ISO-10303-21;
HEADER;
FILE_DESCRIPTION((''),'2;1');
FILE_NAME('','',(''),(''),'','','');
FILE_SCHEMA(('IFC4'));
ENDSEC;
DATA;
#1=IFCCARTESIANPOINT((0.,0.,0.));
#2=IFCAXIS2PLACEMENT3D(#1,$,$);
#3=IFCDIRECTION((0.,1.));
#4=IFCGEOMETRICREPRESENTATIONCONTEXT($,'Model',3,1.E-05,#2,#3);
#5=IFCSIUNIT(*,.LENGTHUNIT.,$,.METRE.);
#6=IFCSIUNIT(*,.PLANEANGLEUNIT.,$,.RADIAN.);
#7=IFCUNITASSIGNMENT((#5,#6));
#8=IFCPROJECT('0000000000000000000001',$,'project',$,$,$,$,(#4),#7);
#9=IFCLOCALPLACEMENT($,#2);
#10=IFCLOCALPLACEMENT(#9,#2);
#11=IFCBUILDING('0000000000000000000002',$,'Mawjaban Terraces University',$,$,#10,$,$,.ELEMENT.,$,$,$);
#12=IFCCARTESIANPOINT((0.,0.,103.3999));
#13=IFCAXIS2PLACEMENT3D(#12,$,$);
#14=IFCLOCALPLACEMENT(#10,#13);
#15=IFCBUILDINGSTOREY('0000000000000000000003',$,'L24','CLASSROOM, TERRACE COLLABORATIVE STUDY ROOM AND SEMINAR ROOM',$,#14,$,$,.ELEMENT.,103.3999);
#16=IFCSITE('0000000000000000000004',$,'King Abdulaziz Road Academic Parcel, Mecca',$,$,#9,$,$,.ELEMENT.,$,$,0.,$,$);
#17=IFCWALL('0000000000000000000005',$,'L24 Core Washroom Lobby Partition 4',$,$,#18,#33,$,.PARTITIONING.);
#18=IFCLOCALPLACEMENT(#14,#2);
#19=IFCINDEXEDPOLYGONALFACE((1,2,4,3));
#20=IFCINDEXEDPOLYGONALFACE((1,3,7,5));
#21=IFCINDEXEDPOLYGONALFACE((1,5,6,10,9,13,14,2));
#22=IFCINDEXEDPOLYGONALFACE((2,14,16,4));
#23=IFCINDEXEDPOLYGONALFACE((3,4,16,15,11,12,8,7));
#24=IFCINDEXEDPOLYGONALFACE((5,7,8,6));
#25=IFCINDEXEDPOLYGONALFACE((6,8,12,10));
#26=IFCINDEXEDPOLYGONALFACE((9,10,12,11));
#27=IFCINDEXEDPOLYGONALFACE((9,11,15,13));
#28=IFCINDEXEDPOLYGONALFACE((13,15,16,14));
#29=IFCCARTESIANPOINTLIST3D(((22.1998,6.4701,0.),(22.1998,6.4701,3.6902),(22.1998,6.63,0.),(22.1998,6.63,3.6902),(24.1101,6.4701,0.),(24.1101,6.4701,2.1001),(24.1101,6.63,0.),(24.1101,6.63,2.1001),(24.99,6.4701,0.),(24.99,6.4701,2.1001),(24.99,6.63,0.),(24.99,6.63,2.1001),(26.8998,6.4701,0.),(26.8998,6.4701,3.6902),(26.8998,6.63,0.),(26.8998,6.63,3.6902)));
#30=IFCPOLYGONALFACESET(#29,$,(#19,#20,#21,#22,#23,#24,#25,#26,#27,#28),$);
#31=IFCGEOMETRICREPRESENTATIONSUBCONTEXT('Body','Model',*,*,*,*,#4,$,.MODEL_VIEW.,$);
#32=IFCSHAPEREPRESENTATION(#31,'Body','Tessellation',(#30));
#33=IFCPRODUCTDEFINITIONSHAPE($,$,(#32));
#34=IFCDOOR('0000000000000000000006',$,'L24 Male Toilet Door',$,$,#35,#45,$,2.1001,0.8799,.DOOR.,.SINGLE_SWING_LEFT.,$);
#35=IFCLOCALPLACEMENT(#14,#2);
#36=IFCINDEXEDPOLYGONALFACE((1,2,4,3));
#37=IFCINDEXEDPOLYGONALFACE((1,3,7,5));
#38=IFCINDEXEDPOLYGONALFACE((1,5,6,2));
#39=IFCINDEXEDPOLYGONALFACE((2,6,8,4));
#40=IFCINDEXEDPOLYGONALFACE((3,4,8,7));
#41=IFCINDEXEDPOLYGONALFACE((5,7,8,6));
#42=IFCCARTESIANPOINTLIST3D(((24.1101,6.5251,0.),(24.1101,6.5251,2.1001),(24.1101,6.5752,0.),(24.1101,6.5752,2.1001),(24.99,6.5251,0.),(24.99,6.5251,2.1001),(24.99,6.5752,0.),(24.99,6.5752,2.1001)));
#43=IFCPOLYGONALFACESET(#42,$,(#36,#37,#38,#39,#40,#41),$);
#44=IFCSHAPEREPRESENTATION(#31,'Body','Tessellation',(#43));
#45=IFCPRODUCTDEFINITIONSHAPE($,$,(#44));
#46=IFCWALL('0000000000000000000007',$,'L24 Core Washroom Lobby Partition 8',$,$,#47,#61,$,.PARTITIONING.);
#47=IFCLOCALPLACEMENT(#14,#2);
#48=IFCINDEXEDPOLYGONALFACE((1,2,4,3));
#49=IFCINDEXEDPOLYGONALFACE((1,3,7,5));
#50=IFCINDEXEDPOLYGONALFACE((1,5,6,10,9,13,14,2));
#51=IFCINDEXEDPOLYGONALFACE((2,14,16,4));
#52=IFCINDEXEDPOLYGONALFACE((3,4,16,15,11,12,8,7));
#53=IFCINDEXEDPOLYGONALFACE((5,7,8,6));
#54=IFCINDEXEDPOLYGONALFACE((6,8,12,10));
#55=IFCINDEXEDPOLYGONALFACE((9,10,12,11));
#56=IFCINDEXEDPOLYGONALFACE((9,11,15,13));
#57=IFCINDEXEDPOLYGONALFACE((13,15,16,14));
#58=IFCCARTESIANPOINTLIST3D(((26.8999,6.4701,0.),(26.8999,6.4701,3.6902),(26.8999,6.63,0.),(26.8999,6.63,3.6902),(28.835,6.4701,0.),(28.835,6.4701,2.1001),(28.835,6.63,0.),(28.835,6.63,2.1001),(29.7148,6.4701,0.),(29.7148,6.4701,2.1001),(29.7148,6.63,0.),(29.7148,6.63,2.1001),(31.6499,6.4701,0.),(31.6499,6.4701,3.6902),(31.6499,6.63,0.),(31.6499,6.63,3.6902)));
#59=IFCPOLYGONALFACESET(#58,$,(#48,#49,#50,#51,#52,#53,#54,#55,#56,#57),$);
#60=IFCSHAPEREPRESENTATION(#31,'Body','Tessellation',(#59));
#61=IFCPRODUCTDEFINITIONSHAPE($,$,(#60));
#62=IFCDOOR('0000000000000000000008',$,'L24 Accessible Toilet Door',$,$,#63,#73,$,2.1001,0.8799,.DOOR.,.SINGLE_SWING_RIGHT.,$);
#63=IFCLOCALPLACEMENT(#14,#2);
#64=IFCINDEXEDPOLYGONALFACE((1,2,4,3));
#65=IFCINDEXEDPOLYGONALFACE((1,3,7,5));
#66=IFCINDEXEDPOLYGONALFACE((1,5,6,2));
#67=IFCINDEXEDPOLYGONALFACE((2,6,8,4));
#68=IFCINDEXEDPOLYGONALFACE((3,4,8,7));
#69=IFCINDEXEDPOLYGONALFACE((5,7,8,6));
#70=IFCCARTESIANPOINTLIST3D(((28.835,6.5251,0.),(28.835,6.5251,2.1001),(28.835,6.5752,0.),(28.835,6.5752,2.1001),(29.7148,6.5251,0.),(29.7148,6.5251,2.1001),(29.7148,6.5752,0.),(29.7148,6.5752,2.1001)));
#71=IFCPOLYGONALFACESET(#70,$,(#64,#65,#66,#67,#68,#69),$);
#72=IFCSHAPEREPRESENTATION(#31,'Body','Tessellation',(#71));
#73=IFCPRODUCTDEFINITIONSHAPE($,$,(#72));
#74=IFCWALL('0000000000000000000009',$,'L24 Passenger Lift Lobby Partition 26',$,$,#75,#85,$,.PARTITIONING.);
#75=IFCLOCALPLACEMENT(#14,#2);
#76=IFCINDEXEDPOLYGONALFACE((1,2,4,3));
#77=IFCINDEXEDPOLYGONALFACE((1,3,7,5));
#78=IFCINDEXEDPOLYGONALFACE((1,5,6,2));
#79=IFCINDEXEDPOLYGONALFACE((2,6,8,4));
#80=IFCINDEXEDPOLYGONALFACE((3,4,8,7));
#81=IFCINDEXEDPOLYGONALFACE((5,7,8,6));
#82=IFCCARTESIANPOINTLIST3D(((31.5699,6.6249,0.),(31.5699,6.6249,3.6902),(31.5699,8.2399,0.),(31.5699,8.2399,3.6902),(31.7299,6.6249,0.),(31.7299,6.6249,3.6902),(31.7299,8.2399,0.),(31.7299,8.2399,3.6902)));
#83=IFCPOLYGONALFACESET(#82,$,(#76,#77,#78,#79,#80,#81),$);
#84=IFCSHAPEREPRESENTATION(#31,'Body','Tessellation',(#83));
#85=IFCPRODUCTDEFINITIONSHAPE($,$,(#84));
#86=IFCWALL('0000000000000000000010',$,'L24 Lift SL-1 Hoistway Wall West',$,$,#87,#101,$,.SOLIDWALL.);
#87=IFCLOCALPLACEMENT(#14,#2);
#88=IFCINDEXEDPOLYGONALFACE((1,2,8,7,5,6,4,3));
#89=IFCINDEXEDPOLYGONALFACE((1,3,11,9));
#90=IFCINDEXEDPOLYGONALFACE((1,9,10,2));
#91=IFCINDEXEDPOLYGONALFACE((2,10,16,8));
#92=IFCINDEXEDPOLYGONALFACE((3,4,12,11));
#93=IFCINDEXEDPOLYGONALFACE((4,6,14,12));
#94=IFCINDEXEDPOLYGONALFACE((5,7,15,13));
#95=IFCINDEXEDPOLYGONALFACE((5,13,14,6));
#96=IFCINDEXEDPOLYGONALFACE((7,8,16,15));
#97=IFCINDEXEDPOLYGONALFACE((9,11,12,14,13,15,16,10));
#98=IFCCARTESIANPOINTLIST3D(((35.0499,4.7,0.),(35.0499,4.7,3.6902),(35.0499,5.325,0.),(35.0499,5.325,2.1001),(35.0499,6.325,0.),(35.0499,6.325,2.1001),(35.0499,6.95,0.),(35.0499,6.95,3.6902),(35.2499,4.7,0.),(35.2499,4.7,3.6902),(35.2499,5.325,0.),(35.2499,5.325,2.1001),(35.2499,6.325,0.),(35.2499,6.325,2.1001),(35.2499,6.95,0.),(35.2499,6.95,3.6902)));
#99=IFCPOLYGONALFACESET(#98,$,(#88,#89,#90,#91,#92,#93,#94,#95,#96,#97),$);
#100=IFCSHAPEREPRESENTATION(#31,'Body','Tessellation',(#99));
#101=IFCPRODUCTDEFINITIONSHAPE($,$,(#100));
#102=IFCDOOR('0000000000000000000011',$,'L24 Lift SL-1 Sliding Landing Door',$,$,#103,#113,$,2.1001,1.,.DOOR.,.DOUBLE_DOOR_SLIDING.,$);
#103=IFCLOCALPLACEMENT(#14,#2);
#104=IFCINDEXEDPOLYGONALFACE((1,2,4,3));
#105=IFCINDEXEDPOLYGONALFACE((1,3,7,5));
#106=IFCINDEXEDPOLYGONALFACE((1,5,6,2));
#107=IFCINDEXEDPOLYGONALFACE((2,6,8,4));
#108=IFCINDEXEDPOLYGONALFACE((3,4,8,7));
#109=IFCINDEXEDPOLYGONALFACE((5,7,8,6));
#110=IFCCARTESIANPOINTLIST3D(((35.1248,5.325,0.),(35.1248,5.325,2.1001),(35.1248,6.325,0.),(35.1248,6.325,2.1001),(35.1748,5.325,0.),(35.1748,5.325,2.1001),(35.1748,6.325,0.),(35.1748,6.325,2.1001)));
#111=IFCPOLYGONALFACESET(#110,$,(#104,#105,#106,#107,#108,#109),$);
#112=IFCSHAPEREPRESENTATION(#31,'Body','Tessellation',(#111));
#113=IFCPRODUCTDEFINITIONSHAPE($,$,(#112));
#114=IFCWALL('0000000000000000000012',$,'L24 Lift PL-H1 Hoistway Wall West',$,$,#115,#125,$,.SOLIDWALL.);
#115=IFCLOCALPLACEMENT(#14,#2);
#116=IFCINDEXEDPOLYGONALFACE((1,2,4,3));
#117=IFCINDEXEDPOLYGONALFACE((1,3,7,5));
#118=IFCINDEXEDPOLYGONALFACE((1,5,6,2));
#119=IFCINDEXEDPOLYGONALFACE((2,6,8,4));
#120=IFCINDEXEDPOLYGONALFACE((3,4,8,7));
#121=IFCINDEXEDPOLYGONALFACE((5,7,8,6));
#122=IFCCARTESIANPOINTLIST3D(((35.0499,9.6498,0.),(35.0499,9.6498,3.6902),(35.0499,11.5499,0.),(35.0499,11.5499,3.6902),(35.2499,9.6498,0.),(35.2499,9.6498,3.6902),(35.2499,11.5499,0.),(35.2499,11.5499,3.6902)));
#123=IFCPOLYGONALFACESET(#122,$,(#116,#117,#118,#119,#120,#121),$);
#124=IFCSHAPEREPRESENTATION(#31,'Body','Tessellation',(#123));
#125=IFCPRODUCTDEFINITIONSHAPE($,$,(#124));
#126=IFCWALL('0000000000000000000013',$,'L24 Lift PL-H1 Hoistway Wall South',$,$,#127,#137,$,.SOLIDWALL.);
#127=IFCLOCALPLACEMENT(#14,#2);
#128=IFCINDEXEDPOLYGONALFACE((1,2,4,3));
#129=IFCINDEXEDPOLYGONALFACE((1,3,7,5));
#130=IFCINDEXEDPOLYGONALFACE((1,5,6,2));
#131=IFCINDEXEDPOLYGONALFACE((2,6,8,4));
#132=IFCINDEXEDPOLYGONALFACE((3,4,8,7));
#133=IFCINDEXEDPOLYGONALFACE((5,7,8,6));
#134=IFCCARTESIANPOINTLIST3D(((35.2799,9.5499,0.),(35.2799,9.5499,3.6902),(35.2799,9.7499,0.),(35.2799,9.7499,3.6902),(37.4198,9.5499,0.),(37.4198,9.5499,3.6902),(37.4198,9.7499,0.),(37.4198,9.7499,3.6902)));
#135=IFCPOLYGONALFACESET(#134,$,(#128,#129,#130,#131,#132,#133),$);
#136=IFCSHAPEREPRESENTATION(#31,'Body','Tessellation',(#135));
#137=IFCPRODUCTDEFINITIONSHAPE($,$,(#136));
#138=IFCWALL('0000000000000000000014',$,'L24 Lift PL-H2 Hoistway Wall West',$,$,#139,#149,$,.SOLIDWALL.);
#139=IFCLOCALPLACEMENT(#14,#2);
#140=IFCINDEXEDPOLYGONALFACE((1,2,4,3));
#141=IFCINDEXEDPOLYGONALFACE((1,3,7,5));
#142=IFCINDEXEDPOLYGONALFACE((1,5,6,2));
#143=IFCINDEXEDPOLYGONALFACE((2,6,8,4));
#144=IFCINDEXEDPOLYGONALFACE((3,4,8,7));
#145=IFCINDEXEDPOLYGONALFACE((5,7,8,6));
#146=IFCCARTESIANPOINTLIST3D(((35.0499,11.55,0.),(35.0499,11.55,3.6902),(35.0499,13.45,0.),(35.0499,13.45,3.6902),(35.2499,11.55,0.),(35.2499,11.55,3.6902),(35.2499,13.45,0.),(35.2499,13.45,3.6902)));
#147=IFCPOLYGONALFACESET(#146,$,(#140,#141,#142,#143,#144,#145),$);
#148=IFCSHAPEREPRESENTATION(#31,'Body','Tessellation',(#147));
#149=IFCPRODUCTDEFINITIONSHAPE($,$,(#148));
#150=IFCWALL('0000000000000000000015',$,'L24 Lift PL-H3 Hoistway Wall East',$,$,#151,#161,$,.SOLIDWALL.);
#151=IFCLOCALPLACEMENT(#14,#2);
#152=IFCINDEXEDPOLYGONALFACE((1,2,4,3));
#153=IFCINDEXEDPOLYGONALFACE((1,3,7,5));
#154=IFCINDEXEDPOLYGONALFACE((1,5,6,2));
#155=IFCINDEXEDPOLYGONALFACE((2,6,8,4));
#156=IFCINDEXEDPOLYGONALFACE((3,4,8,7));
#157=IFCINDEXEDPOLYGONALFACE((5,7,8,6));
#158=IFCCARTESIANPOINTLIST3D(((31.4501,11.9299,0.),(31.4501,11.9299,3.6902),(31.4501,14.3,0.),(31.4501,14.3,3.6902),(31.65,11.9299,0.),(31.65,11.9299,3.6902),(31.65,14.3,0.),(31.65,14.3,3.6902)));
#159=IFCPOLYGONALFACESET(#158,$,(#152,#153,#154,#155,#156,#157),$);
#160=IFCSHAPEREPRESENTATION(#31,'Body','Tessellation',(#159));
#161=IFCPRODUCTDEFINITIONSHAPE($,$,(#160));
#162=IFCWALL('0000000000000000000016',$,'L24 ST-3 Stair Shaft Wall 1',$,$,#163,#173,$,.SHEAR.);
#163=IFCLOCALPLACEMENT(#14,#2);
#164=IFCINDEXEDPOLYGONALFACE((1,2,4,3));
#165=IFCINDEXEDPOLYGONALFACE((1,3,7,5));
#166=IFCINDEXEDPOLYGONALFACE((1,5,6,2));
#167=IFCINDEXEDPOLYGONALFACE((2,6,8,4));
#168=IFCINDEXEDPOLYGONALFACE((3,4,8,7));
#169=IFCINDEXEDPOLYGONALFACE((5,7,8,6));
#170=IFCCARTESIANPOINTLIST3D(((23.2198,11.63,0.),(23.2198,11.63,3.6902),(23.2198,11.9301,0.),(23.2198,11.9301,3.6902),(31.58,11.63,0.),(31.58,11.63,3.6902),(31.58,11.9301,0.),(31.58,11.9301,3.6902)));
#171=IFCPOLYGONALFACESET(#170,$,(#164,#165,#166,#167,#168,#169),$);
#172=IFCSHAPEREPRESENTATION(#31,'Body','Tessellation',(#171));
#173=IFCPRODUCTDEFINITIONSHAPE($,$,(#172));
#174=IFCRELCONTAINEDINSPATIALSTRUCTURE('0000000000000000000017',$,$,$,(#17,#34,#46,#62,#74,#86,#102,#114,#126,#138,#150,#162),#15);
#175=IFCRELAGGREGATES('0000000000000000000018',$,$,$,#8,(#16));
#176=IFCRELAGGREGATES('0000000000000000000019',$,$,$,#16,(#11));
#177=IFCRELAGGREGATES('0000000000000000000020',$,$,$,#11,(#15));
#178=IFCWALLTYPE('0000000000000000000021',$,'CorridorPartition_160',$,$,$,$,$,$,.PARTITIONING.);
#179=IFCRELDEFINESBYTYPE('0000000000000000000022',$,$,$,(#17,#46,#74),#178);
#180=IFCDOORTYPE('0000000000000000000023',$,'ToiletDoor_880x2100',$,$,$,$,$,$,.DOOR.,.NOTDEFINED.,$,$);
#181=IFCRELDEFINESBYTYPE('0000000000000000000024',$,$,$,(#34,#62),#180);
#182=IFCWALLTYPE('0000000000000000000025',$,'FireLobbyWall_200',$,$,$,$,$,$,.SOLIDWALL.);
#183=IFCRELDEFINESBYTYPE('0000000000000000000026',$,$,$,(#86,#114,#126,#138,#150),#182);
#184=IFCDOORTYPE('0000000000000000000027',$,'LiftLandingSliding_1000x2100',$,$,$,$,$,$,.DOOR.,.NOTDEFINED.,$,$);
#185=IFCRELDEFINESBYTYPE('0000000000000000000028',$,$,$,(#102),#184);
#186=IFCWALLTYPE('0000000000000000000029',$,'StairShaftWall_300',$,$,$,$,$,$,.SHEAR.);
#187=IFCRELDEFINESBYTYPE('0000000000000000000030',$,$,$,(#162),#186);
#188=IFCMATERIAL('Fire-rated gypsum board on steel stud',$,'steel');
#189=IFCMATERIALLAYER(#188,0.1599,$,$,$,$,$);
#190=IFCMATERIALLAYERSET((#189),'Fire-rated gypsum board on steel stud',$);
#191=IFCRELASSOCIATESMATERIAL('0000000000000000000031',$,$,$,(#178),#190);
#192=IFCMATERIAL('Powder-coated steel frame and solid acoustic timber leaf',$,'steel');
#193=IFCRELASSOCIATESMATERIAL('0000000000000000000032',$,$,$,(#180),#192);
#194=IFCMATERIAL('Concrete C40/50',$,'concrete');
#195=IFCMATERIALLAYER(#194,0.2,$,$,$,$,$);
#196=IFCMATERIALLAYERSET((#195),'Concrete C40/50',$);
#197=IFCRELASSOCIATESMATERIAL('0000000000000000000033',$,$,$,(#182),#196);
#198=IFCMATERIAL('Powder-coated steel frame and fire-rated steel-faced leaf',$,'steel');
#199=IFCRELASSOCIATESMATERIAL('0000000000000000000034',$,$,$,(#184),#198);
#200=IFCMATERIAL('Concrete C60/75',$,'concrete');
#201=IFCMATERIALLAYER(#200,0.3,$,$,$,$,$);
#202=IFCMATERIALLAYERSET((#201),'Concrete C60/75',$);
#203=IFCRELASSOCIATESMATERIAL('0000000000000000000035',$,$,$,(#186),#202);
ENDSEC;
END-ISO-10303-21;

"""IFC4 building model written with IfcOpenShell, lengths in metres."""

from ifc_helpers import new_model, si_unit, direction, frame, frame_2d, origin, place, context, subcontext, project, spatial, rectangle, extrude, material, layer, layer_set, type_object, element, fill, save


model = new_model("IFC4")

# Units and contexts
model_context = context("Model", 3, precision=1e-05, world=origin(), true_north=direction((0.0, 1.0)))
body_context = subcontext(model_context, "Body", "Model", "MODEL_VIEW")
ifc_project = project(units=[si_unit("LENGTHUNIT", "METRE"), si_unit("PLANEANGLEUNIT", "RADIAN")], contexts=[model_context])

# Site, building, storey
site_placement = place(None, origin())
site = spatial("IfcSite", under=ifc_project, at=site_placement, Name="King Abdulaziz Road Academic Parcel, Mecca", CompositionType="ELEMENT", RefElevation=0.0)
building_placement = place(site_placement, origin())
building = spatial("IfcBuilding", under=site, at=building_placement, Name="Mawjaban Terraces University", CompositionType="ELEMENT")
storey_placement = place(building_placement, frame((0.0, 0.0, 103.3999)))
storey = spatial("IfcBuildingStorey", under=building, at=storey_placement, Name="L24", Description="CLASSROOM, TERRACE COLLABORATIVE STUDY ROOM AND SEMINAR ROOM", CompositionType="ELEMENT", Elevation=103.3999)

# Walls, openings, doors
ifc_material_1 = material(Name="Fire-rated gypsum board on steel stud", Category="steel")
ifc_layer_1 = layer(ifc_material_1, 0.1599)
ifc_layer_set_1 = layer_set([ifc_layer_1], Name="Fire-rated gypsum board on steel stud")
wall_type_1 = type_object("IfcWallType", Name="CorridorPartition_160", PredefinedType="PARTITIONING", material=ifc_layer_set_1)
wall_1_placement = place(storey_placement, frame((26.8999, 6.55, 0.0), z_axis=(0.0, 0.0, 1.0), x_axis=(-1.0, 0.0, 0.0)))
wall_1 = element("IfcWall", 1, at=wall_1_placement, inside=storey, type_object=wall_type_1, Name="L24 Core Washroom Lobby Partition 4", PredefinedType="PARTITIONING", context=body_context, shape_type="SweptSolid", body=[
    extrude(rectangle(XDim=4.7, YDim=0.1599, at=frame_2d((2.3501, 0.0))), origin(), (0.0, 0.0, 1.0), 3.6902),
])
opening_1_placement = place(wall_1_placement, frame((1.9099, 0.0, 0.0)))
opening_1 = element("IfcOpeningElement", 2, at=opening_1_placement, cuts=wall_1, PredefinedType="OPENING", context=body_context, shape_type="SweptSolid", body=[
    extrude(rectangle(XDim=0.8799, YDim=2.1001, at=frame_2d((0.4399, 1.05))), frame((0.0, 0.0898, 0.0), z_axis=(0.0, -1.0, 0.0), x_axis=(1.0, 0.0, 0.0)), (0.0, 0.0, 1.0), 0.1799),
])
ifc_material_2 = material(Name="Powder-coated steel frame and solid acoustic timber leaf", Category="steel")
door_type_1 = type_object("IfcDoorType", Name="ToiletDoor_880x2100", OperationType="NOTDEFINED", PredefinedType="DOOR", material=ifc_material_2)
door_1_placement = place(opening_1_placement, origin())
door_1 = element("IfcDoor", 3, at=door_1_placement, inside=storey, type_object=door_type_1, Name="L24 Male Toilet Door", OperationType="SINGLE_SWING_LEFT", OverallHeight=2.1001, OverallWidth=0.8799, PredefinedType="DOOR", context=body_context, shape_type="SweptSolid", body=[
    extrude(rectangle(XDim=0.8799, YDim=2.1001, at=frame_2d((0.4399, 1.05))), frame((0.0, 0.0249, 0.0), z_axis=(0.0, -1.0, 0.0), x_axis=(1.0, 0.0, 0.0)), (0.0, 0.0, 1.0), 0.05),
])
fill(opening_1, door_1)
wall_2_placement = place(storey_placement, frame((31.6499, 6.55, 0.0), z_axis=(0.0, 0.0, 1.0), x_axis=(-1.0, 0.0, 0.0)))
wall_2 = element("IfcWall", 4, at=wall_2_placement, inside=storey, type_object=wall_type_1, Name="L24 Core Washroom Lobby Partition 8", PredefinedType="PARTITIONING", context=body_context, shape_type="SweptSolid", body=[
    extrude(rectangle(XDim=4.75, YDim=0.1599, at=frame_2d((2.375, 0.0))), origin(), (0.0, 0.0, 1.0), 3.6902),
])
opening_2_placement = place(wall_2_placement, frame((1.9351, 0.0, 0.0)))
opening_2 = element("IfcOpeningElement", 5, at=opening_2_placement, cuts=wall_2, PredefinedType="OPENING", context=body_context, shape_type="SweptSolid", body=[
    extrude(rectangle(XDim=0.8799, YDim=2.1001, at=frame_2d((0.4399, 1.05))), frame((0.0, 0.0898, 0.0), z_axis=(0.0, -1.0, 0.0), x_axis=(1.0, 0.0, 0.0)), (0.0, 0.0, 1.0), 0.1799),
])
door_2_placement = place(opening_2_placement, origin())
door_2 = element("IfcDoor", 6, at=door_2_placement, inside=storey, type_object=door_type_1, Name="L24 Accessible Toilet Door", OperationType="SINGLE_SWING_RIGHT", OverallHeight=2.1001, OverallWidth=0.8799, PredefinedType="DOOR", context=body_context, shape_type="SweptSolid", body=[
    extrude(rectangle(XDim=0.8799, YDim=2.1001, at=frame_2d((0.4399, 1.05))), frame((0.0, 0.0249, 0.0), z_axis=(0.0, -1.0, 0.0), x_axis=(1.0, 0.0, 0.0)), (0.0, 0.0, 1.0), 0.05),
])
fill(opening_2, door_2)

# Wall
wall_3_placement = place(storey_placement, frame((31.6499, 8.24, 0.0), z_axis=(0.0, 0.0, 1.0), x_axis=(0.0, -1.0, 0.0)))
element("IfcWall", 7, at=wall_3_placement, inside=storey, type_object=wall_type_1, Name="L24 Passenger Lift Lobby Partition 26", PredefinedType="PARTITIONING", context=body_context, shape_type="SweptSolid", body=[
    extrude(rectangle(XDim=1.615, YDim=0.1599, at=frame_2d((0.8076, 0.0))), origin(), (0.0, 0.0, 1.0), 3.6902),
])

# Wall, opening, door
ifc_material_3 = material(Name="Concrete C40/50", Category="concrete")
ifc_layer_2 = layer(ifc_material_3, 0.2)
ifc_layer_set_2 = layer_set([ifc_layer_2], Name="Concrete C40/50")
wall_type_2 = type_object("IfcWallType", Name="FireLobbyWall_200", PredefinedType="SOLIDWALL", material=ifc_layer_set_2)
wall_4_placement = place(storey_placement, frame((35.1499, 6.95, 0.0), z_axis=(0.0, 0.0, 1.0), x_axis=(0.0, -1.0, 0.0)))
wall_4 = element("IfcWall", 8, at=wall_4_placement, inside=storey, type_object=wall_type_2, Name="L24 Lift SL-1 Hoistway Wall West", PredefinedType="SOLIDWALL", context=body_context, shape_type="SweptSolid", body=[
    extrude(rectangle(XDim=2.25, YDim=0.2, at=frame_2d((1.125, 0.0))), origin(), (0.0, 0.0, 1.0), 3.6902),
])
opening_3_placement = place(wall_4_placement, frame((0.625, 0.0, 0.0)))
opening_3 = element("IfcOpeningElement", 9, at=opening_3_placement, cuts=wall_4, PredefinedType="OPENING", context=body_context, shape_type="SweptSolid", body=[
    extrude(rectangle(XDim=1.0, YDim=2.1001, at=frame_2d((0.5, 1.05))), frame((0.0, 0.1099, 0.0), z_axis=(0.0, -1.0, 0.0), x_axis=(1.0, 0.0, 0.0)), (0.0, 0.0, 1.0), 0.22),
])
ifc_material_4 = material(Name="Powder-coated steel frame and fire-rated steel-faced leaf", Category="steel")
door_type_2 = type_object("IfcDoorType", Name="LiftLandingSliding_1000x2100", OperationType="NOTDEFINED", PredefinedType="DOOR", material=ifc_material_4)
door_3_placement = place(opening_3_placement, origin())
door_3 = element("IfcDoor", 10, at=door_3_placement, inside=storey, type_object=door_type_2, Name="L24 Lift SL-1 Sliding Landing Door", OperationType="DOUBLE_DOOR_SLIDING", OverallHeight=2.1001, OverallWidth=1.0, PredefinedType="DOOR", context=body_context, shape_type="SweptSolid", body=[
    extrude(rectangle(XDim=1.0, YDim=2.1001, at=frame_2d((0.5, 1.05))), frame((0.0, 0.0249, 0.0), z_axis=(0.0, -1.0, 0.0), x_axis=(1.0, 0.0, 0.0)), (0.0, 0.0, 1.0), 0.05),
])
fill(opening_3, door_3)

# Walls
wall_5_placement = place(storey_placement, frame((35.1499, 11.55, 0.0), z_axis=(0.0, 0.0, 1.0), x_axis=(0.0, -1.0, 0.0)))
element("IfcWall", 11, at=wall_5_placement, inside=storey, type_object=wall_type_2, Name="L24 Lift PL-H1 Hoistway Wall West", PredefinedType="SOLIDWALL", context=body_context, shape_type="SweptSolid", body=[
    extrude(rectangle(XDim=1.9001, YDim=0.2, at=frame_2d((0.9502, 0.0))), origin(), (0.0, 0.0, 1.0), 3.6902),
])
wall_6_placement = place(storey_placement, frame((35.28, 9.6499, 0.0), z_axis=(0.0, 0.0, 1.0), x_axis=(1.0, 0.0, 0.0)))
element("IfcWall", 12, at=wall_6_placement, inside=storey, type_object=wall_type_2, Name="L24 Lift PL-H1 Hoistway Wall South", PredefinedType="SOLIDWALL", context=body_context, shape_type="SweptSolid", body=[
    extrude(rectangle(XDim=2.1399, YDim=0.2, at=frame_2d((1.0698, 0.0))), origin(), (0.0, 0.0, 1.0), 3.6902),
])
wall_7_placement = place(storey_placement, frame((35.1499, 13.45, 0.0), z_axis=(0.0, 0.0, 1.0), x_axis=(0.0, -1.0, 0.0)))
element("IfcWall", 13, at=wall_7_placement, inside=storey, type_object=wall_type_2, Name="L24 Lift PL-H2 Hoistway Wall West", PredefinedType="SOLIDWALL", context=body_context, shape_type="SweptSolid", body=[
    extrude(rectangle(XDim=1.8999, YDim=0.2, at=frame_2d((0.95, 0.0))), origin(), (0.0, 0.0, 1.0), 3.6902),
])
wall_8_placement = place(storey_placement, frame((31.55, 11.9299, 0.0), z_axis=(0.0, 0.0, 1.0), x_axis=(0.0, 1.0, 0.0)))
element("IfcWall", 14, at=wall_8_placement, inside=storey, type_object=wall_type_2, Name="L24 Lift PL-H3 Hoistway Wall East", PredefinedType="SOLIDWALL", context=body_context, shape_type="SweptSolid", body=[
    extrude(rectangle(XDim=2.3701, YDim=0.2, at=frame_2d((1.1851, 0.0))), origin(), (0.0, 0.0, 1.0), 3.6902),
])
ifc_material_5 = material(Name="Concrete C60/75", Category="concrete")
ifc_layer_3 = layer(ifc_material_5, 0.3)
ifc_layer_set_3 = layer_set([ifc_layer_3], Name="Concrete C60/75")
wall_type_3 = type_object("IfcWallType", Name="StairShaftWall_300", PredefinedType="SHEAR", material=ifc_layer_set_3)
wall_9_placement = place(storey_placement, frame((31.5801, 11.78, 0.0), z_axis=(0.0, 0.0, 1.0), x_axis=(-1.0, 0.0, 0.0)))
element("IfcWall", 15, at=wall_9_placement, inside=storey, type_object=wall_type_3, Name="L24 ST-3 Stair Shaft Wall 1", PredefinedType="SHEAR", context=body_context, shape_type="SweptSolid", body=[
    extrude(rectangle(XDim=8.3601, YDim=0.3, at=frame_2d((4.1802, 0.0))), origin(), (0.0, 0.0, 1.0), 3.6902),
])

save(model, "model.ifc")
